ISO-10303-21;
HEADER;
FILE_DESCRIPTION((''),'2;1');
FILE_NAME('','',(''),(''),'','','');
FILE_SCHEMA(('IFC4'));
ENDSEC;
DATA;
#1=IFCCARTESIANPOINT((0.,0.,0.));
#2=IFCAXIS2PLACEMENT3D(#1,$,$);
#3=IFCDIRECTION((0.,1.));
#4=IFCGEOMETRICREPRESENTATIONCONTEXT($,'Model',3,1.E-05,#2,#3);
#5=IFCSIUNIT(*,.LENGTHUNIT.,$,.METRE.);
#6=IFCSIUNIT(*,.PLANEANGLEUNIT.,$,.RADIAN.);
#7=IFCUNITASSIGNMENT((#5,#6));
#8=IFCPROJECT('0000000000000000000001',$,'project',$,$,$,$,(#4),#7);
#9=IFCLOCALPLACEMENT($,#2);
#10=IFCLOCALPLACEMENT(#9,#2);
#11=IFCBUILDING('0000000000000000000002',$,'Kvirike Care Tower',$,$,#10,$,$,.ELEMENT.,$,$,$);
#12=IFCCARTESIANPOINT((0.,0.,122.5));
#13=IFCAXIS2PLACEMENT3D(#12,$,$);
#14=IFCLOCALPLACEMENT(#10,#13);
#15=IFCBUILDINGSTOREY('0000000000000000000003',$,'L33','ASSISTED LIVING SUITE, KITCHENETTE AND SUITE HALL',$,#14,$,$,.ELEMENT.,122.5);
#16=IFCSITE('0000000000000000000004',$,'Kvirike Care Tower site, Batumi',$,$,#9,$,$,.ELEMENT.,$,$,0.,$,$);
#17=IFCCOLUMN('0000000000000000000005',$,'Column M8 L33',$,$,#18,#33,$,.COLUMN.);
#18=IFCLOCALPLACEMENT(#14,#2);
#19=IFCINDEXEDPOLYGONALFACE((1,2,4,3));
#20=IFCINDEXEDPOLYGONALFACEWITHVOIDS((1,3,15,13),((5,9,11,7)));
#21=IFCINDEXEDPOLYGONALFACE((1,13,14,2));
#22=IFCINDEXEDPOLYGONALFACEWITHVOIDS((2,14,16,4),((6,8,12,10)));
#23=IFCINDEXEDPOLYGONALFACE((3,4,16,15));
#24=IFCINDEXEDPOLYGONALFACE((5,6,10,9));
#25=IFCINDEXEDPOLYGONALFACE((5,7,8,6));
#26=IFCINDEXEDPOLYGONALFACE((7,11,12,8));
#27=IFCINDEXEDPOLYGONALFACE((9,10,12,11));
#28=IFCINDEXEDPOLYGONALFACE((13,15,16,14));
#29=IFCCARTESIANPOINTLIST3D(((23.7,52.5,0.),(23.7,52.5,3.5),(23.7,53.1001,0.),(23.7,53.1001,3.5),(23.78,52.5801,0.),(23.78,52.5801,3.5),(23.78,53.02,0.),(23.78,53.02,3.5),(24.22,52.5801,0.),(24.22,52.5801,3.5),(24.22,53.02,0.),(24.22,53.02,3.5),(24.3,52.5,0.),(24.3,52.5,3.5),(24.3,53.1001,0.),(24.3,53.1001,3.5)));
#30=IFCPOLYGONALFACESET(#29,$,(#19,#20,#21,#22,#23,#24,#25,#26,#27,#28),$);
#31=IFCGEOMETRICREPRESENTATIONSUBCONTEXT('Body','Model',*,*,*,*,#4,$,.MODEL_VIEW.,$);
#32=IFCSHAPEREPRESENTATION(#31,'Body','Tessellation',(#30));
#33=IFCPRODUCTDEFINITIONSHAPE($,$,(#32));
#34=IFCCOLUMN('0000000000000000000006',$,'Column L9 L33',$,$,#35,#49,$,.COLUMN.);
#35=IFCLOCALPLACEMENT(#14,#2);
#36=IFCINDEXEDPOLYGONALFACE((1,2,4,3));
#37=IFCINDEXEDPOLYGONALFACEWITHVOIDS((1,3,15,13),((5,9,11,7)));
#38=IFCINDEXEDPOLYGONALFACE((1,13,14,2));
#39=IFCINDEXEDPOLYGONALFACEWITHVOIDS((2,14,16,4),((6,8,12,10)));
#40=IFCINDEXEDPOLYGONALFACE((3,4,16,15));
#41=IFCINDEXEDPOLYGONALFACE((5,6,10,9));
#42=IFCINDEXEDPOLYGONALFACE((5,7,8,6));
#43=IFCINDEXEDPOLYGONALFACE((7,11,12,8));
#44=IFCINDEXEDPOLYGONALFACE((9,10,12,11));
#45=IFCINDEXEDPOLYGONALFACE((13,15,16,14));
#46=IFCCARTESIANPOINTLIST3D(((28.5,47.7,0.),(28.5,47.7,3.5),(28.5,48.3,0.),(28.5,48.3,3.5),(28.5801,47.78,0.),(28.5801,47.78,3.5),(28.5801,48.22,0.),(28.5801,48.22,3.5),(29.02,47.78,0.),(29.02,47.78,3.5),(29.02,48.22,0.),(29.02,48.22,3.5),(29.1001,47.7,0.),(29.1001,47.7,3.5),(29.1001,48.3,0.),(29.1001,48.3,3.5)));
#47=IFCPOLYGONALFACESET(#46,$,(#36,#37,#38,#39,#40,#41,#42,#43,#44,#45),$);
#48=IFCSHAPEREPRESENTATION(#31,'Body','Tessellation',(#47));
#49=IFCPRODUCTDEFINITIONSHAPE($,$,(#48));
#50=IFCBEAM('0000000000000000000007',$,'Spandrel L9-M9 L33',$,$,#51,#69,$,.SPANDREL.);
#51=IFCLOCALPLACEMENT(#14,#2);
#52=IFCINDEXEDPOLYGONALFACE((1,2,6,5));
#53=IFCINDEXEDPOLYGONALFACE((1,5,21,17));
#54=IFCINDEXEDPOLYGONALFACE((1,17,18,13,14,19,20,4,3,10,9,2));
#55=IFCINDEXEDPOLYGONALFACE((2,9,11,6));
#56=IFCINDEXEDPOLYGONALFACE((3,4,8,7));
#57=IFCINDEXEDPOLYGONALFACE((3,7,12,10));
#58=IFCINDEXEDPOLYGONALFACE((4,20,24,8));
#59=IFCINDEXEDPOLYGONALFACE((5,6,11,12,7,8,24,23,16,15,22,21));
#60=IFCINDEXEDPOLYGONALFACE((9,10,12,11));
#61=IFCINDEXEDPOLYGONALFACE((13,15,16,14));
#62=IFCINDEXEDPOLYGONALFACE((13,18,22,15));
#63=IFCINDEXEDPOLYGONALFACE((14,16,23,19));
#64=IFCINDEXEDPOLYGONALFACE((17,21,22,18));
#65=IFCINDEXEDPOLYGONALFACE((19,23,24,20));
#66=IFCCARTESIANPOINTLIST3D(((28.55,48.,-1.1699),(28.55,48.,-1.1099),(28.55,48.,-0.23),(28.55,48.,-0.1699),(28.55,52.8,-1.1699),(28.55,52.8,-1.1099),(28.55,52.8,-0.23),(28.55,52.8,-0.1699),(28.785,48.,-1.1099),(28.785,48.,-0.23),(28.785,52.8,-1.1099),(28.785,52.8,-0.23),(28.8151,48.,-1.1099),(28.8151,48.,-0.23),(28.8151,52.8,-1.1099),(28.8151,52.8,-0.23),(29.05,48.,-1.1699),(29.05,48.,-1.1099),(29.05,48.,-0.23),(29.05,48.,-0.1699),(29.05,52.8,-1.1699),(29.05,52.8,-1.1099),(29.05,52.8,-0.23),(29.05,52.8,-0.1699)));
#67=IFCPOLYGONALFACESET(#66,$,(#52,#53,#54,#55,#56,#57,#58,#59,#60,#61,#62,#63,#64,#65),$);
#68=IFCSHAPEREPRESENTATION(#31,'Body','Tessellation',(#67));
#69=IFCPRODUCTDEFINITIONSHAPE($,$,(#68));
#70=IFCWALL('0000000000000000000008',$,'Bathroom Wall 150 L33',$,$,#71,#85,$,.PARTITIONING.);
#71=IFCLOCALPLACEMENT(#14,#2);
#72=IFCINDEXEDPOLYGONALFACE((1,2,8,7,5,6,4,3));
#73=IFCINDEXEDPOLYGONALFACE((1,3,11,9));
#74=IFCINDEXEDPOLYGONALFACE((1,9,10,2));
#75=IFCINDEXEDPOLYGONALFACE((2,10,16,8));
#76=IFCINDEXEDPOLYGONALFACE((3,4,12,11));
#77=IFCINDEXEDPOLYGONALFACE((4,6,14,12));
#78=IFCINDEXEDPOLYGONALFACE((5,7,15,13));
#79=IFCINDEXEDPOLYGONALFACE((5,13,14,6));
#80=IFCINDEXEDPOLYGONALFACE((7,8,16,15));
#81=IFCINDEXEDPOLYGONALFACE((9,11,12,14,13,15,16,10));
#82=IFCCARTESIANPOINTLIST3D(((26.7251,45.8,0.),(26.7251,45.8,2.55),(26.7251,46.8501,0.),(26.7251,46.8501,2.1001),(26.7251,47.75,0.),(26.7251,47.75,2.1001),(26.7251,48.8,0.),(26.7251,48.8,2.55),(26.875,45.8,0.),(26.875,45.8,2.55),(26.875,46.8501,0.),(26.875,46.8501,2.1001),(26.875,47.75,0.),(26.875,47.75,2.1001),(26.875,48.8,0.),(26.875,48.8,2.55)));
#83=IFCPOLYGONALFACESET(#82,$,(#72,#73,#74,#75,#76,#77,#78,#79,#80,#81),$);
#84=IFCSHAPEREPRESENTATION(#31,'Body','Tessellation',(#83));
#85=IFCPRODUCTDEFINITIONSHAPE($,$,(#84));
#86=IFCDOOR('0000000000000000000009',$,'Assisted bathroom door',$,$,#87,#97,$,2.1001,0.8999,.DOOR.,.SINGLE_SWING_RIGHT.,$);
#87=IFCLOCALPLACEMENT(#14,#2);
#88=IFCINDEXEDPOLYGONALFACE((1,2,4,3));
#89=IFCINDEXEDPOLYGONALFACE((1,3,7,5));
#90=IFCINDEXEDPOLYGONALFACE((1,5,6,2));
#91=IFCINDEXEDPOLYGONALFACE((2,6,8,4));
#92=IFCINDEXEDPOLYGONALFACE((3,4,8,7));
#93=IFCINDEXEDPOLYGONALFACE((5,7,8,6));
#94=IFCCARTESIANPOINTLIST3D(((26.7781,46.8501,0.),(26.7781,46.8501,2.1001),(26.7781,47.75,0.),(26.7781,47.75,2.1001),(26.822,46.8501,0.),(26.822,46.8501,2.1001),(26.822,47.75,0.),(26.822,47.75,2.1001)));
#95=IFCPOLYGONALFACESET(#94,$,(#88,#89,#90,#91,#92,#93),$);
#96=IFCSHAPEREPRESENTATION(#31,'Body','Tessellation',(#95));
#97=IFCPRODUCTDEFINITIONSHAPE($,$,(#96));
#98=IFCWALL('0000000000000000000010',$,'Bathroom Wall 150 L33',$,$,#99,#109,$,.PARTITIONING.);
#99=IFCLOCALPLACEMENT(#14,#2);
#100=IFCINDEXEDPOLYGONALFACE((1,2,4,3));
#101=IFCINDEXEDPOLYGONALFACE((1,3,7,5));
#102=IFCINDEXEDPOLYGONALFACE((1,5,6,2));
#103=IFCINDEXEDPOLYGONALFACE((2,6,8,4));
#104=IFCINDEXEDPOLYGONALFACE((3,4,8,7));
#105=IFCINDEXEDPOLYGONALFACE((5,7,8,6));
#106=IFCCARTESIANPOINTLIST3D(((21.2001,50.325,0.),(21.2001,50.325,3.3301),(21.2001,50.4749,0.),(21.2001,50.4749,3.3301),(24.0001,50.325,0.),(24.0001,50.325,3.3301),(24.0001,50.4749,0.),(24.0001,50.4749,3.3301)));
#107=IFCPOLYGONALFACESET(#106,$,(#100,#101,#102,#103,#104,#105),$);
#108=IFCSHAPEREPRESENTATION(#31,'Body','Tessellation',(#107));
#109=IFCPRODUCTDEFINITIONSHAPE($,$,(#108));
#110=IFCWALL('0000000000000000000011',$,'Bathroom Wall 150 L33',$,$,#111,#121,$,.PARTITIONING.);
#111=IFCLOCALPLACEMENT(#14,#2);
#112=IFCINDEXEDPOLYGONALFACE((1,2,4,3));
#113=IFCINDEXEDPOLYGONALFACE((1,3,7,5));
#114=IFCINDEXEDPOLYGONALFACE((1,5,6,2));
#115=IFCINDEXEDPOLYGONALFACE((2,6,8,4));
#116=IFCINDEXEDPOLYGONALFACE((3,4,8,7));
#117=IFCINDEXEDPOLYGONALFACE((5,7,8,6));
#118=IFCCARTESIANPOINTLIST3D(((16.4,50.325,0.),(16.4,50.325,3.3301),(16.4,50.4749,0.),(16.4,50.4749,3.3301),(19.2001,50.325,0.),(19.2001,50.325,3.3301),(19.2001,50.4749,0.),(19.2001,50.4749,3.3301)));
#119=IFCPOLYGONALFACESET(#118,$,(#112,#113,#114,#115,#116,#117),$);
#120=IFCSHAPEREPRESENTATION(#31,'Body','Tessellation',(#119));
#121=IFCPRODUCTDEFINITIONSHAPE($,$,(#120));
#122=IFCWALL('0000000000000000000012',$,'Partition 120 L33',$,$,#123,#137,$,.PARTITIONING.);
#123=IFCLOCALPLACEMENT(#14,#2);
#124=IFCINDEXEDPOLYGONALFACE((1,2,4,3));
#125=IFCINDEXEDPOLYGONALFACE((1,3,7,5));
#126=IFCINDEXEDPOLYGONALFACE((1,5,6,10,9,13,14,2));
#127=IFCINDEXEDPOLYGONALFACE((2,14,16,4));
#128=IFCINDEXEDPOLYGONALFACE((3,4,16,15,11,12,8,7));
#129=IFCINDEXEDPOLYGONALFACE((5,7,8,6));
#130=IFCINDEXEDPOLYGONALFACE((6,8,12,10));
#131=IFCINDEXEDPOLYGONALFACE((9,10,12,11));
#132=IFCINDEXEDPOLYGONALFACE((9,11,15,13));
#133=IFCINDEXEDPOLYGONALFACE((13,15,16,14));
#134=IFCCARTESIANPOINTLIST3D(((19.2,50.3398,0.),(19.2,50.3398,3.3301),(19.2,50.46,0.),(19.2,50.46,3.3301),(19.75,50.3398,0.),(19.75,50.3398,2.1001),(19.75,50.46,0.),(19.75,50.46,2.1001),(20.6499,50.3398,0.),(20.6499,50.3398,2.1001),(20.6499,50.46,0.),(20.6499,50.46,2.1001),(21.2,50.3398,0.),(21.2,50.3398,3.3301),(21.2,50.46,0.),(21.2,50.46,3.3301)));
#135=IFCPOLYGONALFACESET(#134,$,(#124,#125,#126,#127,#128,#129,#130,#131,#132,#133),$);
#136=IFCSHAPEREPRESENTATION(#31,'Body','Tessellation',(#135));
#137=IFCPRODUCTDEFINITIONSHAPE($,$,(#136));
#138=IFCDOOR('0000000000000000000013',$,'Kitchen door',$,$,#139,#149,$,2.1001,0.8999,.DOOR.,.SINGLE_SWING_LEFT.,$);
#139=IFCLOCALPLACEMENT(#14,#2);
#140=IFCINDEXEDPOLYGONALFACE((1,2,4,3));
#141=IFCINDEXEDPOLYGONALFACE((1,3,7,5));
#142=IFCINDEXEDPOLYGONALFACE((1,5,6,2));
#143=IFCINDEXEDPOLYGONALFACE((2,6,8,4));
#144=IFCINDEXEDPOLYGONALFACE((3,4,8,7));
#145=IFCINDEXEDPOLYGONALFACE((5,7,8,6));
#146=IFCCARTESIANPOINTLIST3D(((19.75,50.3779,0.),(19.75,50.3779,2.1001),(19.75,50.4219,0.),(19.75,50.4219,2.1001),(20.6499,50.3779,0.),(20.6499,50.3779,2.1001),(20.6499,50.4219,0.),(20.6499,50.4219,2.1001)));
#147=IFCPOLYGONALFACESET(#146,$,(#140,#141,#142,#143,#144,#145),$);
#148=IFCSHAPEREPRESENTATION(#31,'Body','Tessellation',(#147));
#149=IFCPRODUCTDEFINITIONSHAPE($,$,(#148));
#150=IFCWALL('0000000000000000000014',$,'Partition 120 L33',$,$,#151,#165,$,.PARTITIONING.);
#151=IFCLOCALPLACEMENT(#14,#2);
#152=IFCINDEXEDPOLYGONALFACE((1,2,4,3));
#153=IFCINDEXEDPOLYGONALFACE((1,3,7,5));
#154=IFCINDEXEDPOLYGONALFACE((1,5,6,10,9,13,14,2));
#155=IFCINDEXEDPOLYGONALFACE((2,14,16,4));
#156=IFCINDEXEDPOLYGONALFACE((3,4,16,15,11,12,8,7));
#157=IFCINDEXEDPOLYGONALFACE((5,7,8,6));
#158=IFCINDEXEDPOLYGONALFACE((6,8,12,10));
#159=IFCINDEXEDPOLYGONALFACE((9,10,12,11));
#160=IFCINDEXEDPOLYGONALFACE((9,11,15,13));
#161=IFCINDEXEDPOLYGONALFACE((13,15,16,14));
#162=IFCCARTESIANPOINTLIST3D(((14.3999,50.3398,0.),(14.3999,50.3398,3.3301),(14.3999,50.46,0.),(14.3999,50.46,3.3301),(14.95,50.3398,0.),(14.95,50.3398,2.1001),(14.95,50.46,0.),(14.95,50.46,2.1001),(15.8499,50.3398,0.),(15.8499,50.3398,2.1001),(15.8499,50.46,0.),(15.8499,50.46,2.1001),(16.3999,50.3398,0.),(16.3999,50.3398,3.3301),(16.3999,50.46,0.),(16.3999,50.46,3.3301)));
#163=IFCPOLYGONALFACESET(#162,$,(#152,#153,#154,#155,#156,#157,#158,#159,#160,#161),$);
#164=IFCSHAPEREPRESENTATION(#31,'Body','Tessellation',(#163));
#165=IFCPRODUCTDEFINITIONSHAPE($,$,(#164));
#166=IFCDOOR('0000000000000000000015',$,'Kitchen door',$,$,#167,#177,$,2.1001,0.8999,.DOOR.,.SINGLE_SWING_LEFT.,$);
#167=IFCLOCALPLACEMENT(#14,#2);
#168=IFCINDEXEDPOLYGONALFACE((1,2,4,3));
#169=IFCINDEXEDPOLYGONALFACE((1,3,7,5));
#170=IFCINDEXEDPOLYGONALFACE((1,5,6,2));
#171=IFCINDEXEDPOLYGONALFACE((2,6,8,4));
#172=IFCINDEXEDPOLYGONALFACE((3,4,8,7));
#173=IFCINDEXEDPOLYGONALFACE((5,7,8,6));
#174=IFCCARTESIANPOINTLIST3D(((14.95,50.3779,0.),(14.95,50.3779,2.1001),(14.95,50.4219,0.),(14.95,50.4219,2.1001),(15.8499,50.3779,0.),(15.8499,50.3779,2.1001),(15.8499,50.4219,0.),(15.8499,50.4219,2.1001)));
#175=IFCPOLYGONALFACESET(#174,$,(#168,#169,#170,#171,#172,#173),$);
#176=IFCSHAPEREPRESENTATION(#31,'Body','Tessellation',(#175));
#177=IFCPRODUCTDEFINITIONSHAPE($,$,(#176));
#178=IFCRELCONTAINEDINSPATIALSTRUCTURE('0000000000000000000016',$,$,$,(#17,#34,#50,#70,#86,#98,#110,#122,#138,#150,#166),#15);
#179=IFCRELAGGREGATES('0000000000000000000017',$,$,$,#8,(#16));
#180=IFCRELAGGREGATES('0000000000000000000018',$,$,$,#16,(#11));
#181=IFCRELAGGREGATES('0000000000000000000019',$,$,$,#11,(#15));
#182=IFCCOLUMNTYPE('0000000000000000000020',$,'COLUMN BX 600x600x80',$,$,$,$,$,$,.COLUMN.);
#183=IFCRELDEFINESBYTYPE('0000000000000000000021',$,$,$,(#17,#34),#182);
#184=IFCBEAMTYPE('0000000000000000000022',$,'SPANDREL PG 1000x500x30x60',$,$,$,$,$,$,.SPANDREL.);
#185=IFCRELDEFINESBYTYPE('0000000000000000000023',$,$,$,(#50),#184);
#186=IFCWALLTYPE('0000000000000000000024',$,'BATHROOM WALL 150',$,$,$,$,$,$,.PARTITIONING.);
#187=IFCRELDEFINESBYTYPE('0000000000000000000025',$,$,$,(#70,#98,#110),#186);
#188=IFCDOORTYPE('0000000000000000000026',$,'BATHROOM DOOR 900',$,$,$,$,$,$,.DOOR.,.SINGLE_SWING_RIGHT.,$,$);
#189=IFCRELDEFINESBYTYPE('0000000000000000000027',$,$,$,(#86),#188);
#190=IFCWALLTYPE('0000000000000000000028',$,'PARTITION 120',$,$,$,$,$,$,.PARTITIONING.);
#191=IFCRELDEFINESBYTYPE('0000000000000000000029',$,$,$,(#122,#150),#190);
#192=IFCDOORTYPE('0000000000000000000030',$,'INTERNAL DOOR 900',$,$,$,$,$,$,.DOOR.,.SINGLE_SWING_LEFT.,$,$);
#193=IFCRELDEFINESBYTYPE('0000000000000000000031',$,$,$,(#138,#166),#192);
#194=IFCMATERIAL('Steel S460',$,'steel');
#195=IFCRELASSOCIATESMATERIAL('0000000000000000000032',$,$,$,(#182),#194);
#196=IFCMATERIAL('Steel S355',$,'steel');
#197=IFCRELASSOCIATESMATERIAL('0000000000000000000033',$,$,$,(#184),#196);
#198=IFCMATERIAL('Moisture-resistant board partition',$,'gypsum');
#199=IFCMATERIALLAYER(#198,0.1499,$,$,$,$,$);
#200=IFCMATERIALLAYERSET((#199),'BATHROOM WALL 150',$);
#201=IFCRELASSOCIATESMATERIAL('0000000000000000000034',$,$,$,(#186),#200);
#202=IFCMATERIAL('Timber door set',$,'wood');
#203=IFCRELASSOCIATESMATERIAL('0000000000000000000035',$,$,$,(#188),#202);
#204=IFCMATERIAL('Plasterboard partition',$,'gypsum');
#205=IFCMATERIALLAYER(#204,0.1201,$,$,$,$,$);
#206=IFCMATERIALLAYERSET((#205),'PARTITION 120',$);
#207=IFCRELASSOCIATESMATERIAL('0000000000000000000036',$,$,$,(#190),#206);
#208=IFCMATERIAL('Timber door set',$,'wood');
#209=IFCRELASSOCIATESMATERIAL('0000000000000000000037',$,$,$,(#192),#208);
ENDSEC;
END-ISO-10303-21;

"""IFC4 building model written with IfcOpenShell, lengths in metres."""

from ifc_helpers import new_model, si_unit, direction, frame, frame_2d, origin, origin_2d, place, context, subcontext, project, spatial, rectangle, hollow_rectangle, i_section, extrude, material, layer, layer_set, material_profile, profile_set, type_object, element, fill, save


model = new_model("IFC4")

# Units and contexts
model_context = context("Model", 3, precision=1e-05, world=origin(), true_north=direction((0.0, 1.0)))
body_context = subcontext(model_context, "Body", "Model", "MODEL_VIEW")
ifc_project = project(units=[si_unit("LENGTHUNIT", "METRE"), si_unit("PLANEANGLEUNIT", "RADIAN")], contexts=[model_context])

# Site, building, storey
site_placement = place(None, origin())
site = spatial("IfcSite", under=ifc_project, at=site_placement, Name="Kvirike Care Tower site, Batumi", CompositionType="ELEMENT", RefElevation=0.0)
building_placement = place(site_placement, origin())
building = spatial("IfcBuilding", under=site, at=building_placement, Name="Kvirike Care Tower", CompositionType="ELEMENT")
storey_placement = place(building_placement, frame((0.0, 0.0, 122.5)))
storey = spatial("IfcBuildingStorey", under=building, at=storey_placement, Name="L33", Description="ASSISTED LIVING SUITE, KITCHENETTE AND SUITE HALL", CompositionType="ELEMENT", Elevation=122.5)

# Columns
ifc_material_1 = material(Name="Steel S460", Category="steel")
ifc_material_profile_1 = material_profile(ifc_material_1, hollow_rectangle(XDim=0.6001, YDim=0.6001, WallThickness=0.0801, at=origin_2d()), Name="BX 600x600x80")
ifc_profile_set_1 = profile_set([ifc_material_profile_1], Name="Steel S460")
column_type = type_object("IfcColumnType", Name="COLUMN BX 600x600x80", PredefinedType="COLUMN", material=ifc_profile_set_1)
for number, where, z_axis, x_axis, name in (
    (1, (24.0, 52.8, 0.0), (0.0, 0.0, 1.0), (0.0, 1.0, 0.0), "Column M8 L33"),
    (2, (28.8, 48.0, 0.0), (0.0, 0.0, 1.0), (1.0, 0.0, 0.0), "Column L9 L33"),
):
    element("IfcColumn", number, at=place(storey_placement, frame(where, z_axis=z_axis, x_axis=x_axis)), inside=storey, type_object=column_type, Name=name, PredefinedType="COLUMN", context=body_context, shape_type="SweptSolid", body=[
        extrude(hollow_rectangle(XDim=0.6001, YDim=0.6001, WallThickness=0.0801, at=origin_2d()), origin(), (0.0, 0.0, 1.0), 3.5),
    ])

# Beam
ifc_material_2 = material(Name="Steel S355", Category="steel")
ifc_material_profile_2 = material_profile(ifc_material_2, i_section(OverallWidth=0.5, OverallDepth=1.0, WebThickness=0.03, FlangeThickness=0.0601, at=origin_2d()), Name="PG 1000x500x30x60")
ifc_profile_set_2 = profile_set([ifc_material_profile_2], Name="Steel S355")
beam_type = type_object("IfcBeamType", Name="SPANDREL PG 1000x500x30x60", PredefinedType="SPANDREL", material=ifc_profile_set_2)
beam_placement = place(storey_placement, frame((28.8, 48.0, -0.6699), z_axis=(0.0, 1.0, 0.0), x_axis=(-1.0, 0.0, 0.0)))
element("IfcBeam", 3, at=beam_placement, inside=storey, type_object=beam_type, Name="Spandrel L9-M9 L33", PredefinedType="SPANDREL", context=body_context, shape_type="SweptSolid", body=[
    extrude(i_section(OverallWidth=0.5, OverallDepth=1.0, WebThickness=0.03, FlangeThickness=0.0601, at=origin_2d()), origin(), (0.0, 0.0, 1.0), 4.8),
])

# Wall, opening, door
ifc_material_3 = material(Name="Moisture-resistant board partition", Category="gypsum")
ifc_layer_1 = layer(ifc_material_3, 0.1499)
ifc_layer_set_1 = layer_set([ifc_layer_1], Name="BATHROOM WALL 150")
wall_type_1 = type_object("IfcWallType", Name="BATHROOM WALL 150", PredefinedType="PARTITIONING", material=ifc_layer_set_1)
wall_1_placement = place(storey_placement, frame((26.8, 48.8, 0.0), z_axis=(0.0, 0.0, 1.0), x_axis=(0.0, -1.0, 0.0)))
wall_1 = element("IfcWall", 4, at=wall_1_placement, inside=storey, type_object=wall_type_1, Name="Bathroom Wall 150 L33", PredefinedType="PARTITIONING", context=body_context, shape_type="SweptSolid", body=[
    extrude(rectangle(XDim=3.0, YDim=0.1499, at=frame_2d((1.5, 0.0))), origin(), (0.0, 0.0, 1.0), 2.55),
])
opening_1_placement = place(wall_1_placement, frame((1.05, 0.0, 0.0)))
opening_1 = element("IfcOpeningElement", 5, at=opening_1_placement, cuts=wall_1, PredefinedType="OPENING", context=body_context, shape_type="SweptSolid", body=[
    extrude(rectangle(XDim=0.8999, YDim=2.1001, at=frame_2d((0.45, 1.05))), frame((0.0, 0.0854, 0.0), z_axis=(0.0, -1.0, 0.0), x_axis=(1.0, 0.0, 0.0)), (0.0, 0.0, 1.0), 0.1709),
])
ifc_material_4 = material(Name="Timber door set", Category="wood")
door_type_1 = type_object("IfcDoorType", Name="BATHROOM DOOR 900", OperationType="SINGLE_SWING_RIGHT", PredefinedType="DOOR", material=ifc_material_4)
door_1_placement = place(opening_1_placement, origin())
door_1 = element("IfcDoor", 6, at=door_1_placement, inside=storey, type_object=door_type_1, Name="Assisted bathroom door", OperationType="SINGLE_SWING_RIGHT", OverallHeight=2.1001, OverallWidth=0.8999, PredefinedType="DOOR", context=body_context, shape_type="SweptSolid", body=[
    extrude(rectangle(XDim=0.8999, YDim=2.1001, at=frame_2d((0.45, 1.05))), frame((0.0, 0.022, 0.0), z_axis=(0.0, -1.0, 0.0), x_axis=(1.0, 0.0, 0.0)), (0.0, 0.0, 1.0), 0.0439),
])
fill(opening_1, door_1)

# Walls
for number, where, z_axis, x_axis, name in (
    (7, (24.0, 50.3999, 0.0), (0.0, 0.0, 1.0), (-1.0, 0.0, 0.0), "Bathroom Wall 150 L33"),
    (8, (19.2, 50.3999, 0.0), (0.0, 0.0, 1.0), (-1.0, 0.0, 0.0), "Bathroom Wall 150 L33"),
):
    element("IfcWall", number, at=place(storey_placement, frame(where, z_axis=z_axis, x_axis=x_axis)), inside=storey, type_object=wall_type_1, Name=name, PredefinedType="PARTITIONING", context=body_context, shape_type="SweptSolid", body=[
        extrude(rectangle(XDim=2.8, YDim=0.1499, at=frame_2d((1.3999, 0.0))), origin(), (0.0, 0.0, 1.0), 3.3301),
    ])

# Walls, openings, doors
ifc_material_5 = material(Name="Plasterboard partition", Category="gypsum")
ifc_layer_2 = layer(ifc_material_5, 0.1201)
ifc_layer_set_2 = layer_set([ifc_layer_2], Name="PARTITION 120")
wall_type_2 = type_object("IfcWallType", Name="PARTITION 120", PredefinedType="PARTITIONING", material=ifc_layer_set_2)
wall_2_placement = place(storey_placement, frame((21.2, 50.3999, 0.0), z_axis=(0.0, 0.0, 1.0), x_axis=(-1.0, 0.0, 0.0)))
wall_2 = element("IfcWall", 9, at=wall_2_placement, inside=storey, type_object=wall_type_2, Name="Partition 120 L33", PredefinedType="PARTITIONING", context=body_context, shape_type="SweptSolid", body=[
    extrude(rectangle(XDim=2.0, YDim=0.1201, at=frame_2d((1.0, 0.0))), origin(), (0.0, 0.0, 1.0), 3.3301),
])
opening_2_placement = place(wall_2_placement, frame((0.55, 0.0, 0.0)))
opening_2 = element("IfcOpeningElement", 10, at=opening_2_placement, cuts=wall_2, PredefinedType="OPENING", context=body_context, shape_type="SweptSolid", body=[
    extrude(rectangle(XDim=0.8999, YDim=2.1001, at=frame_2d((0.45, 1.05))), frame((0.0, 0.0706, 0.0), z_axis=(0.0, -1.0, 0.0), x_axis=(1.0, 0.0, 0.0)), (0.0, 0.0, 1.0), 0.1411),
])
ifc_material_6 = material(Name="Timber door set", Category="wood")
door_type_2 = type_object("IfcDoorType", Name="INTERNAL DOOR 900", OperationType="SINGLE_SWING_LEFT", PredefinedType="DOOR", material=ifc_material_6)
door_2_placement = place(opening_2_placement, frame((0.8999, 0.0, 0.0), z_axis=(0.0, 0.0, 1.0), x_axis=(-1.0, 0.0, 0.0)))
door_2 = element("IfcDoor", 11, at=door_2_placement, inside=storey, type_object=door_type_2, Name="Kitchen door", OperationType="SINGLE_SWING_LEFT", OverallHeight=2.1001, OverallWidth=0.8999, PredefinedType="DOOR", context=body_context, shape_type="SweptSolid", body=[
    extrude(rectangle(XDim=0.8999, YDim=2.1001, at=frame_2d((0.45, 1.05))), frame((0.0, 0.022, 0.0), z_axis=(0.0, -1.0, 0.0), x_axis=(1.0, 0.0, 0.0)), (0.0, 0.0, 1.0), 0.0439),
])
fill(opening_2, door_2)
wall_3_placement = place(storey_placement, frame((16.3999, 50.3999, 0.0), z_axis=(0.0, 0.0, 1.0), x_axis=(-1.0, 0.0, 0.0)))
wall_3 = element("IfcWall", 12, at=wall_3_placement, inside=storey, type_object=wall_type_2, Name="Partition 120 L33", PredefinedType="PARTITIONING", context=body_context, shape_type="SweptSolid", body=[
    extrude(rectangle(XDim=2.0, YDim=0.1201, at=frame_2d((1.0, 0.0))), origin(), (0.0, 0.0, 1.0), 3.3301),
])
opening_3_placement = place(wall_3_placement, frame((0.55, 0.0, 0.0)))
opening_3 = element("IfcOpeningElement", 13, at=opening_3_placement, cuts=wall_3, PredefinedType="OPENING", context=body_context, shape_type="SweptSolid", body=[
    extrude(rectangle(XDim=0.8999, YDim=2.1001, at=frame_2d((0.45, 1.05))), frame((0.0, 0.0706, 0.0), z_axis=(0.0, -1.0, 0.0), x_axis=(1.0, 0.0, 0.0)), (0.0, 0.0, 1.0), 0.1411),
])
door_3_placement = place(opening_3_placement, frame((0.8999, 0.0, 0.0), z_axis=(0.0, 0.0, 1.0), x_axis=(-1.0, 0.0, 0.0)))
door_3 = element("IfcDoor", 14, at=door_3_placement, inside=storey, type_object=door_type_2, Name="Kitchen door", OperationType="SINGLE_SWING_LEFT", OverallHeight=2.1001, OverallWidth=0.8999, PredefinedType="DOOR", context=body_context, shape_type="SweptSolid", body=[
    extrude(rectangle(XDim=0.8999, YDim=2.1001, at=frame_2d((0.45, 1.05))), frame((0.0, 0.022, 0.0), z_axis=(0.0, -1.0, 0.0), x_axis=(1.0, 0.0, 0.0)), (0.0, 0.0, 1.0), 0.0439),
])
fill(opening_3, door_3)

save(model, "model.ifc")
